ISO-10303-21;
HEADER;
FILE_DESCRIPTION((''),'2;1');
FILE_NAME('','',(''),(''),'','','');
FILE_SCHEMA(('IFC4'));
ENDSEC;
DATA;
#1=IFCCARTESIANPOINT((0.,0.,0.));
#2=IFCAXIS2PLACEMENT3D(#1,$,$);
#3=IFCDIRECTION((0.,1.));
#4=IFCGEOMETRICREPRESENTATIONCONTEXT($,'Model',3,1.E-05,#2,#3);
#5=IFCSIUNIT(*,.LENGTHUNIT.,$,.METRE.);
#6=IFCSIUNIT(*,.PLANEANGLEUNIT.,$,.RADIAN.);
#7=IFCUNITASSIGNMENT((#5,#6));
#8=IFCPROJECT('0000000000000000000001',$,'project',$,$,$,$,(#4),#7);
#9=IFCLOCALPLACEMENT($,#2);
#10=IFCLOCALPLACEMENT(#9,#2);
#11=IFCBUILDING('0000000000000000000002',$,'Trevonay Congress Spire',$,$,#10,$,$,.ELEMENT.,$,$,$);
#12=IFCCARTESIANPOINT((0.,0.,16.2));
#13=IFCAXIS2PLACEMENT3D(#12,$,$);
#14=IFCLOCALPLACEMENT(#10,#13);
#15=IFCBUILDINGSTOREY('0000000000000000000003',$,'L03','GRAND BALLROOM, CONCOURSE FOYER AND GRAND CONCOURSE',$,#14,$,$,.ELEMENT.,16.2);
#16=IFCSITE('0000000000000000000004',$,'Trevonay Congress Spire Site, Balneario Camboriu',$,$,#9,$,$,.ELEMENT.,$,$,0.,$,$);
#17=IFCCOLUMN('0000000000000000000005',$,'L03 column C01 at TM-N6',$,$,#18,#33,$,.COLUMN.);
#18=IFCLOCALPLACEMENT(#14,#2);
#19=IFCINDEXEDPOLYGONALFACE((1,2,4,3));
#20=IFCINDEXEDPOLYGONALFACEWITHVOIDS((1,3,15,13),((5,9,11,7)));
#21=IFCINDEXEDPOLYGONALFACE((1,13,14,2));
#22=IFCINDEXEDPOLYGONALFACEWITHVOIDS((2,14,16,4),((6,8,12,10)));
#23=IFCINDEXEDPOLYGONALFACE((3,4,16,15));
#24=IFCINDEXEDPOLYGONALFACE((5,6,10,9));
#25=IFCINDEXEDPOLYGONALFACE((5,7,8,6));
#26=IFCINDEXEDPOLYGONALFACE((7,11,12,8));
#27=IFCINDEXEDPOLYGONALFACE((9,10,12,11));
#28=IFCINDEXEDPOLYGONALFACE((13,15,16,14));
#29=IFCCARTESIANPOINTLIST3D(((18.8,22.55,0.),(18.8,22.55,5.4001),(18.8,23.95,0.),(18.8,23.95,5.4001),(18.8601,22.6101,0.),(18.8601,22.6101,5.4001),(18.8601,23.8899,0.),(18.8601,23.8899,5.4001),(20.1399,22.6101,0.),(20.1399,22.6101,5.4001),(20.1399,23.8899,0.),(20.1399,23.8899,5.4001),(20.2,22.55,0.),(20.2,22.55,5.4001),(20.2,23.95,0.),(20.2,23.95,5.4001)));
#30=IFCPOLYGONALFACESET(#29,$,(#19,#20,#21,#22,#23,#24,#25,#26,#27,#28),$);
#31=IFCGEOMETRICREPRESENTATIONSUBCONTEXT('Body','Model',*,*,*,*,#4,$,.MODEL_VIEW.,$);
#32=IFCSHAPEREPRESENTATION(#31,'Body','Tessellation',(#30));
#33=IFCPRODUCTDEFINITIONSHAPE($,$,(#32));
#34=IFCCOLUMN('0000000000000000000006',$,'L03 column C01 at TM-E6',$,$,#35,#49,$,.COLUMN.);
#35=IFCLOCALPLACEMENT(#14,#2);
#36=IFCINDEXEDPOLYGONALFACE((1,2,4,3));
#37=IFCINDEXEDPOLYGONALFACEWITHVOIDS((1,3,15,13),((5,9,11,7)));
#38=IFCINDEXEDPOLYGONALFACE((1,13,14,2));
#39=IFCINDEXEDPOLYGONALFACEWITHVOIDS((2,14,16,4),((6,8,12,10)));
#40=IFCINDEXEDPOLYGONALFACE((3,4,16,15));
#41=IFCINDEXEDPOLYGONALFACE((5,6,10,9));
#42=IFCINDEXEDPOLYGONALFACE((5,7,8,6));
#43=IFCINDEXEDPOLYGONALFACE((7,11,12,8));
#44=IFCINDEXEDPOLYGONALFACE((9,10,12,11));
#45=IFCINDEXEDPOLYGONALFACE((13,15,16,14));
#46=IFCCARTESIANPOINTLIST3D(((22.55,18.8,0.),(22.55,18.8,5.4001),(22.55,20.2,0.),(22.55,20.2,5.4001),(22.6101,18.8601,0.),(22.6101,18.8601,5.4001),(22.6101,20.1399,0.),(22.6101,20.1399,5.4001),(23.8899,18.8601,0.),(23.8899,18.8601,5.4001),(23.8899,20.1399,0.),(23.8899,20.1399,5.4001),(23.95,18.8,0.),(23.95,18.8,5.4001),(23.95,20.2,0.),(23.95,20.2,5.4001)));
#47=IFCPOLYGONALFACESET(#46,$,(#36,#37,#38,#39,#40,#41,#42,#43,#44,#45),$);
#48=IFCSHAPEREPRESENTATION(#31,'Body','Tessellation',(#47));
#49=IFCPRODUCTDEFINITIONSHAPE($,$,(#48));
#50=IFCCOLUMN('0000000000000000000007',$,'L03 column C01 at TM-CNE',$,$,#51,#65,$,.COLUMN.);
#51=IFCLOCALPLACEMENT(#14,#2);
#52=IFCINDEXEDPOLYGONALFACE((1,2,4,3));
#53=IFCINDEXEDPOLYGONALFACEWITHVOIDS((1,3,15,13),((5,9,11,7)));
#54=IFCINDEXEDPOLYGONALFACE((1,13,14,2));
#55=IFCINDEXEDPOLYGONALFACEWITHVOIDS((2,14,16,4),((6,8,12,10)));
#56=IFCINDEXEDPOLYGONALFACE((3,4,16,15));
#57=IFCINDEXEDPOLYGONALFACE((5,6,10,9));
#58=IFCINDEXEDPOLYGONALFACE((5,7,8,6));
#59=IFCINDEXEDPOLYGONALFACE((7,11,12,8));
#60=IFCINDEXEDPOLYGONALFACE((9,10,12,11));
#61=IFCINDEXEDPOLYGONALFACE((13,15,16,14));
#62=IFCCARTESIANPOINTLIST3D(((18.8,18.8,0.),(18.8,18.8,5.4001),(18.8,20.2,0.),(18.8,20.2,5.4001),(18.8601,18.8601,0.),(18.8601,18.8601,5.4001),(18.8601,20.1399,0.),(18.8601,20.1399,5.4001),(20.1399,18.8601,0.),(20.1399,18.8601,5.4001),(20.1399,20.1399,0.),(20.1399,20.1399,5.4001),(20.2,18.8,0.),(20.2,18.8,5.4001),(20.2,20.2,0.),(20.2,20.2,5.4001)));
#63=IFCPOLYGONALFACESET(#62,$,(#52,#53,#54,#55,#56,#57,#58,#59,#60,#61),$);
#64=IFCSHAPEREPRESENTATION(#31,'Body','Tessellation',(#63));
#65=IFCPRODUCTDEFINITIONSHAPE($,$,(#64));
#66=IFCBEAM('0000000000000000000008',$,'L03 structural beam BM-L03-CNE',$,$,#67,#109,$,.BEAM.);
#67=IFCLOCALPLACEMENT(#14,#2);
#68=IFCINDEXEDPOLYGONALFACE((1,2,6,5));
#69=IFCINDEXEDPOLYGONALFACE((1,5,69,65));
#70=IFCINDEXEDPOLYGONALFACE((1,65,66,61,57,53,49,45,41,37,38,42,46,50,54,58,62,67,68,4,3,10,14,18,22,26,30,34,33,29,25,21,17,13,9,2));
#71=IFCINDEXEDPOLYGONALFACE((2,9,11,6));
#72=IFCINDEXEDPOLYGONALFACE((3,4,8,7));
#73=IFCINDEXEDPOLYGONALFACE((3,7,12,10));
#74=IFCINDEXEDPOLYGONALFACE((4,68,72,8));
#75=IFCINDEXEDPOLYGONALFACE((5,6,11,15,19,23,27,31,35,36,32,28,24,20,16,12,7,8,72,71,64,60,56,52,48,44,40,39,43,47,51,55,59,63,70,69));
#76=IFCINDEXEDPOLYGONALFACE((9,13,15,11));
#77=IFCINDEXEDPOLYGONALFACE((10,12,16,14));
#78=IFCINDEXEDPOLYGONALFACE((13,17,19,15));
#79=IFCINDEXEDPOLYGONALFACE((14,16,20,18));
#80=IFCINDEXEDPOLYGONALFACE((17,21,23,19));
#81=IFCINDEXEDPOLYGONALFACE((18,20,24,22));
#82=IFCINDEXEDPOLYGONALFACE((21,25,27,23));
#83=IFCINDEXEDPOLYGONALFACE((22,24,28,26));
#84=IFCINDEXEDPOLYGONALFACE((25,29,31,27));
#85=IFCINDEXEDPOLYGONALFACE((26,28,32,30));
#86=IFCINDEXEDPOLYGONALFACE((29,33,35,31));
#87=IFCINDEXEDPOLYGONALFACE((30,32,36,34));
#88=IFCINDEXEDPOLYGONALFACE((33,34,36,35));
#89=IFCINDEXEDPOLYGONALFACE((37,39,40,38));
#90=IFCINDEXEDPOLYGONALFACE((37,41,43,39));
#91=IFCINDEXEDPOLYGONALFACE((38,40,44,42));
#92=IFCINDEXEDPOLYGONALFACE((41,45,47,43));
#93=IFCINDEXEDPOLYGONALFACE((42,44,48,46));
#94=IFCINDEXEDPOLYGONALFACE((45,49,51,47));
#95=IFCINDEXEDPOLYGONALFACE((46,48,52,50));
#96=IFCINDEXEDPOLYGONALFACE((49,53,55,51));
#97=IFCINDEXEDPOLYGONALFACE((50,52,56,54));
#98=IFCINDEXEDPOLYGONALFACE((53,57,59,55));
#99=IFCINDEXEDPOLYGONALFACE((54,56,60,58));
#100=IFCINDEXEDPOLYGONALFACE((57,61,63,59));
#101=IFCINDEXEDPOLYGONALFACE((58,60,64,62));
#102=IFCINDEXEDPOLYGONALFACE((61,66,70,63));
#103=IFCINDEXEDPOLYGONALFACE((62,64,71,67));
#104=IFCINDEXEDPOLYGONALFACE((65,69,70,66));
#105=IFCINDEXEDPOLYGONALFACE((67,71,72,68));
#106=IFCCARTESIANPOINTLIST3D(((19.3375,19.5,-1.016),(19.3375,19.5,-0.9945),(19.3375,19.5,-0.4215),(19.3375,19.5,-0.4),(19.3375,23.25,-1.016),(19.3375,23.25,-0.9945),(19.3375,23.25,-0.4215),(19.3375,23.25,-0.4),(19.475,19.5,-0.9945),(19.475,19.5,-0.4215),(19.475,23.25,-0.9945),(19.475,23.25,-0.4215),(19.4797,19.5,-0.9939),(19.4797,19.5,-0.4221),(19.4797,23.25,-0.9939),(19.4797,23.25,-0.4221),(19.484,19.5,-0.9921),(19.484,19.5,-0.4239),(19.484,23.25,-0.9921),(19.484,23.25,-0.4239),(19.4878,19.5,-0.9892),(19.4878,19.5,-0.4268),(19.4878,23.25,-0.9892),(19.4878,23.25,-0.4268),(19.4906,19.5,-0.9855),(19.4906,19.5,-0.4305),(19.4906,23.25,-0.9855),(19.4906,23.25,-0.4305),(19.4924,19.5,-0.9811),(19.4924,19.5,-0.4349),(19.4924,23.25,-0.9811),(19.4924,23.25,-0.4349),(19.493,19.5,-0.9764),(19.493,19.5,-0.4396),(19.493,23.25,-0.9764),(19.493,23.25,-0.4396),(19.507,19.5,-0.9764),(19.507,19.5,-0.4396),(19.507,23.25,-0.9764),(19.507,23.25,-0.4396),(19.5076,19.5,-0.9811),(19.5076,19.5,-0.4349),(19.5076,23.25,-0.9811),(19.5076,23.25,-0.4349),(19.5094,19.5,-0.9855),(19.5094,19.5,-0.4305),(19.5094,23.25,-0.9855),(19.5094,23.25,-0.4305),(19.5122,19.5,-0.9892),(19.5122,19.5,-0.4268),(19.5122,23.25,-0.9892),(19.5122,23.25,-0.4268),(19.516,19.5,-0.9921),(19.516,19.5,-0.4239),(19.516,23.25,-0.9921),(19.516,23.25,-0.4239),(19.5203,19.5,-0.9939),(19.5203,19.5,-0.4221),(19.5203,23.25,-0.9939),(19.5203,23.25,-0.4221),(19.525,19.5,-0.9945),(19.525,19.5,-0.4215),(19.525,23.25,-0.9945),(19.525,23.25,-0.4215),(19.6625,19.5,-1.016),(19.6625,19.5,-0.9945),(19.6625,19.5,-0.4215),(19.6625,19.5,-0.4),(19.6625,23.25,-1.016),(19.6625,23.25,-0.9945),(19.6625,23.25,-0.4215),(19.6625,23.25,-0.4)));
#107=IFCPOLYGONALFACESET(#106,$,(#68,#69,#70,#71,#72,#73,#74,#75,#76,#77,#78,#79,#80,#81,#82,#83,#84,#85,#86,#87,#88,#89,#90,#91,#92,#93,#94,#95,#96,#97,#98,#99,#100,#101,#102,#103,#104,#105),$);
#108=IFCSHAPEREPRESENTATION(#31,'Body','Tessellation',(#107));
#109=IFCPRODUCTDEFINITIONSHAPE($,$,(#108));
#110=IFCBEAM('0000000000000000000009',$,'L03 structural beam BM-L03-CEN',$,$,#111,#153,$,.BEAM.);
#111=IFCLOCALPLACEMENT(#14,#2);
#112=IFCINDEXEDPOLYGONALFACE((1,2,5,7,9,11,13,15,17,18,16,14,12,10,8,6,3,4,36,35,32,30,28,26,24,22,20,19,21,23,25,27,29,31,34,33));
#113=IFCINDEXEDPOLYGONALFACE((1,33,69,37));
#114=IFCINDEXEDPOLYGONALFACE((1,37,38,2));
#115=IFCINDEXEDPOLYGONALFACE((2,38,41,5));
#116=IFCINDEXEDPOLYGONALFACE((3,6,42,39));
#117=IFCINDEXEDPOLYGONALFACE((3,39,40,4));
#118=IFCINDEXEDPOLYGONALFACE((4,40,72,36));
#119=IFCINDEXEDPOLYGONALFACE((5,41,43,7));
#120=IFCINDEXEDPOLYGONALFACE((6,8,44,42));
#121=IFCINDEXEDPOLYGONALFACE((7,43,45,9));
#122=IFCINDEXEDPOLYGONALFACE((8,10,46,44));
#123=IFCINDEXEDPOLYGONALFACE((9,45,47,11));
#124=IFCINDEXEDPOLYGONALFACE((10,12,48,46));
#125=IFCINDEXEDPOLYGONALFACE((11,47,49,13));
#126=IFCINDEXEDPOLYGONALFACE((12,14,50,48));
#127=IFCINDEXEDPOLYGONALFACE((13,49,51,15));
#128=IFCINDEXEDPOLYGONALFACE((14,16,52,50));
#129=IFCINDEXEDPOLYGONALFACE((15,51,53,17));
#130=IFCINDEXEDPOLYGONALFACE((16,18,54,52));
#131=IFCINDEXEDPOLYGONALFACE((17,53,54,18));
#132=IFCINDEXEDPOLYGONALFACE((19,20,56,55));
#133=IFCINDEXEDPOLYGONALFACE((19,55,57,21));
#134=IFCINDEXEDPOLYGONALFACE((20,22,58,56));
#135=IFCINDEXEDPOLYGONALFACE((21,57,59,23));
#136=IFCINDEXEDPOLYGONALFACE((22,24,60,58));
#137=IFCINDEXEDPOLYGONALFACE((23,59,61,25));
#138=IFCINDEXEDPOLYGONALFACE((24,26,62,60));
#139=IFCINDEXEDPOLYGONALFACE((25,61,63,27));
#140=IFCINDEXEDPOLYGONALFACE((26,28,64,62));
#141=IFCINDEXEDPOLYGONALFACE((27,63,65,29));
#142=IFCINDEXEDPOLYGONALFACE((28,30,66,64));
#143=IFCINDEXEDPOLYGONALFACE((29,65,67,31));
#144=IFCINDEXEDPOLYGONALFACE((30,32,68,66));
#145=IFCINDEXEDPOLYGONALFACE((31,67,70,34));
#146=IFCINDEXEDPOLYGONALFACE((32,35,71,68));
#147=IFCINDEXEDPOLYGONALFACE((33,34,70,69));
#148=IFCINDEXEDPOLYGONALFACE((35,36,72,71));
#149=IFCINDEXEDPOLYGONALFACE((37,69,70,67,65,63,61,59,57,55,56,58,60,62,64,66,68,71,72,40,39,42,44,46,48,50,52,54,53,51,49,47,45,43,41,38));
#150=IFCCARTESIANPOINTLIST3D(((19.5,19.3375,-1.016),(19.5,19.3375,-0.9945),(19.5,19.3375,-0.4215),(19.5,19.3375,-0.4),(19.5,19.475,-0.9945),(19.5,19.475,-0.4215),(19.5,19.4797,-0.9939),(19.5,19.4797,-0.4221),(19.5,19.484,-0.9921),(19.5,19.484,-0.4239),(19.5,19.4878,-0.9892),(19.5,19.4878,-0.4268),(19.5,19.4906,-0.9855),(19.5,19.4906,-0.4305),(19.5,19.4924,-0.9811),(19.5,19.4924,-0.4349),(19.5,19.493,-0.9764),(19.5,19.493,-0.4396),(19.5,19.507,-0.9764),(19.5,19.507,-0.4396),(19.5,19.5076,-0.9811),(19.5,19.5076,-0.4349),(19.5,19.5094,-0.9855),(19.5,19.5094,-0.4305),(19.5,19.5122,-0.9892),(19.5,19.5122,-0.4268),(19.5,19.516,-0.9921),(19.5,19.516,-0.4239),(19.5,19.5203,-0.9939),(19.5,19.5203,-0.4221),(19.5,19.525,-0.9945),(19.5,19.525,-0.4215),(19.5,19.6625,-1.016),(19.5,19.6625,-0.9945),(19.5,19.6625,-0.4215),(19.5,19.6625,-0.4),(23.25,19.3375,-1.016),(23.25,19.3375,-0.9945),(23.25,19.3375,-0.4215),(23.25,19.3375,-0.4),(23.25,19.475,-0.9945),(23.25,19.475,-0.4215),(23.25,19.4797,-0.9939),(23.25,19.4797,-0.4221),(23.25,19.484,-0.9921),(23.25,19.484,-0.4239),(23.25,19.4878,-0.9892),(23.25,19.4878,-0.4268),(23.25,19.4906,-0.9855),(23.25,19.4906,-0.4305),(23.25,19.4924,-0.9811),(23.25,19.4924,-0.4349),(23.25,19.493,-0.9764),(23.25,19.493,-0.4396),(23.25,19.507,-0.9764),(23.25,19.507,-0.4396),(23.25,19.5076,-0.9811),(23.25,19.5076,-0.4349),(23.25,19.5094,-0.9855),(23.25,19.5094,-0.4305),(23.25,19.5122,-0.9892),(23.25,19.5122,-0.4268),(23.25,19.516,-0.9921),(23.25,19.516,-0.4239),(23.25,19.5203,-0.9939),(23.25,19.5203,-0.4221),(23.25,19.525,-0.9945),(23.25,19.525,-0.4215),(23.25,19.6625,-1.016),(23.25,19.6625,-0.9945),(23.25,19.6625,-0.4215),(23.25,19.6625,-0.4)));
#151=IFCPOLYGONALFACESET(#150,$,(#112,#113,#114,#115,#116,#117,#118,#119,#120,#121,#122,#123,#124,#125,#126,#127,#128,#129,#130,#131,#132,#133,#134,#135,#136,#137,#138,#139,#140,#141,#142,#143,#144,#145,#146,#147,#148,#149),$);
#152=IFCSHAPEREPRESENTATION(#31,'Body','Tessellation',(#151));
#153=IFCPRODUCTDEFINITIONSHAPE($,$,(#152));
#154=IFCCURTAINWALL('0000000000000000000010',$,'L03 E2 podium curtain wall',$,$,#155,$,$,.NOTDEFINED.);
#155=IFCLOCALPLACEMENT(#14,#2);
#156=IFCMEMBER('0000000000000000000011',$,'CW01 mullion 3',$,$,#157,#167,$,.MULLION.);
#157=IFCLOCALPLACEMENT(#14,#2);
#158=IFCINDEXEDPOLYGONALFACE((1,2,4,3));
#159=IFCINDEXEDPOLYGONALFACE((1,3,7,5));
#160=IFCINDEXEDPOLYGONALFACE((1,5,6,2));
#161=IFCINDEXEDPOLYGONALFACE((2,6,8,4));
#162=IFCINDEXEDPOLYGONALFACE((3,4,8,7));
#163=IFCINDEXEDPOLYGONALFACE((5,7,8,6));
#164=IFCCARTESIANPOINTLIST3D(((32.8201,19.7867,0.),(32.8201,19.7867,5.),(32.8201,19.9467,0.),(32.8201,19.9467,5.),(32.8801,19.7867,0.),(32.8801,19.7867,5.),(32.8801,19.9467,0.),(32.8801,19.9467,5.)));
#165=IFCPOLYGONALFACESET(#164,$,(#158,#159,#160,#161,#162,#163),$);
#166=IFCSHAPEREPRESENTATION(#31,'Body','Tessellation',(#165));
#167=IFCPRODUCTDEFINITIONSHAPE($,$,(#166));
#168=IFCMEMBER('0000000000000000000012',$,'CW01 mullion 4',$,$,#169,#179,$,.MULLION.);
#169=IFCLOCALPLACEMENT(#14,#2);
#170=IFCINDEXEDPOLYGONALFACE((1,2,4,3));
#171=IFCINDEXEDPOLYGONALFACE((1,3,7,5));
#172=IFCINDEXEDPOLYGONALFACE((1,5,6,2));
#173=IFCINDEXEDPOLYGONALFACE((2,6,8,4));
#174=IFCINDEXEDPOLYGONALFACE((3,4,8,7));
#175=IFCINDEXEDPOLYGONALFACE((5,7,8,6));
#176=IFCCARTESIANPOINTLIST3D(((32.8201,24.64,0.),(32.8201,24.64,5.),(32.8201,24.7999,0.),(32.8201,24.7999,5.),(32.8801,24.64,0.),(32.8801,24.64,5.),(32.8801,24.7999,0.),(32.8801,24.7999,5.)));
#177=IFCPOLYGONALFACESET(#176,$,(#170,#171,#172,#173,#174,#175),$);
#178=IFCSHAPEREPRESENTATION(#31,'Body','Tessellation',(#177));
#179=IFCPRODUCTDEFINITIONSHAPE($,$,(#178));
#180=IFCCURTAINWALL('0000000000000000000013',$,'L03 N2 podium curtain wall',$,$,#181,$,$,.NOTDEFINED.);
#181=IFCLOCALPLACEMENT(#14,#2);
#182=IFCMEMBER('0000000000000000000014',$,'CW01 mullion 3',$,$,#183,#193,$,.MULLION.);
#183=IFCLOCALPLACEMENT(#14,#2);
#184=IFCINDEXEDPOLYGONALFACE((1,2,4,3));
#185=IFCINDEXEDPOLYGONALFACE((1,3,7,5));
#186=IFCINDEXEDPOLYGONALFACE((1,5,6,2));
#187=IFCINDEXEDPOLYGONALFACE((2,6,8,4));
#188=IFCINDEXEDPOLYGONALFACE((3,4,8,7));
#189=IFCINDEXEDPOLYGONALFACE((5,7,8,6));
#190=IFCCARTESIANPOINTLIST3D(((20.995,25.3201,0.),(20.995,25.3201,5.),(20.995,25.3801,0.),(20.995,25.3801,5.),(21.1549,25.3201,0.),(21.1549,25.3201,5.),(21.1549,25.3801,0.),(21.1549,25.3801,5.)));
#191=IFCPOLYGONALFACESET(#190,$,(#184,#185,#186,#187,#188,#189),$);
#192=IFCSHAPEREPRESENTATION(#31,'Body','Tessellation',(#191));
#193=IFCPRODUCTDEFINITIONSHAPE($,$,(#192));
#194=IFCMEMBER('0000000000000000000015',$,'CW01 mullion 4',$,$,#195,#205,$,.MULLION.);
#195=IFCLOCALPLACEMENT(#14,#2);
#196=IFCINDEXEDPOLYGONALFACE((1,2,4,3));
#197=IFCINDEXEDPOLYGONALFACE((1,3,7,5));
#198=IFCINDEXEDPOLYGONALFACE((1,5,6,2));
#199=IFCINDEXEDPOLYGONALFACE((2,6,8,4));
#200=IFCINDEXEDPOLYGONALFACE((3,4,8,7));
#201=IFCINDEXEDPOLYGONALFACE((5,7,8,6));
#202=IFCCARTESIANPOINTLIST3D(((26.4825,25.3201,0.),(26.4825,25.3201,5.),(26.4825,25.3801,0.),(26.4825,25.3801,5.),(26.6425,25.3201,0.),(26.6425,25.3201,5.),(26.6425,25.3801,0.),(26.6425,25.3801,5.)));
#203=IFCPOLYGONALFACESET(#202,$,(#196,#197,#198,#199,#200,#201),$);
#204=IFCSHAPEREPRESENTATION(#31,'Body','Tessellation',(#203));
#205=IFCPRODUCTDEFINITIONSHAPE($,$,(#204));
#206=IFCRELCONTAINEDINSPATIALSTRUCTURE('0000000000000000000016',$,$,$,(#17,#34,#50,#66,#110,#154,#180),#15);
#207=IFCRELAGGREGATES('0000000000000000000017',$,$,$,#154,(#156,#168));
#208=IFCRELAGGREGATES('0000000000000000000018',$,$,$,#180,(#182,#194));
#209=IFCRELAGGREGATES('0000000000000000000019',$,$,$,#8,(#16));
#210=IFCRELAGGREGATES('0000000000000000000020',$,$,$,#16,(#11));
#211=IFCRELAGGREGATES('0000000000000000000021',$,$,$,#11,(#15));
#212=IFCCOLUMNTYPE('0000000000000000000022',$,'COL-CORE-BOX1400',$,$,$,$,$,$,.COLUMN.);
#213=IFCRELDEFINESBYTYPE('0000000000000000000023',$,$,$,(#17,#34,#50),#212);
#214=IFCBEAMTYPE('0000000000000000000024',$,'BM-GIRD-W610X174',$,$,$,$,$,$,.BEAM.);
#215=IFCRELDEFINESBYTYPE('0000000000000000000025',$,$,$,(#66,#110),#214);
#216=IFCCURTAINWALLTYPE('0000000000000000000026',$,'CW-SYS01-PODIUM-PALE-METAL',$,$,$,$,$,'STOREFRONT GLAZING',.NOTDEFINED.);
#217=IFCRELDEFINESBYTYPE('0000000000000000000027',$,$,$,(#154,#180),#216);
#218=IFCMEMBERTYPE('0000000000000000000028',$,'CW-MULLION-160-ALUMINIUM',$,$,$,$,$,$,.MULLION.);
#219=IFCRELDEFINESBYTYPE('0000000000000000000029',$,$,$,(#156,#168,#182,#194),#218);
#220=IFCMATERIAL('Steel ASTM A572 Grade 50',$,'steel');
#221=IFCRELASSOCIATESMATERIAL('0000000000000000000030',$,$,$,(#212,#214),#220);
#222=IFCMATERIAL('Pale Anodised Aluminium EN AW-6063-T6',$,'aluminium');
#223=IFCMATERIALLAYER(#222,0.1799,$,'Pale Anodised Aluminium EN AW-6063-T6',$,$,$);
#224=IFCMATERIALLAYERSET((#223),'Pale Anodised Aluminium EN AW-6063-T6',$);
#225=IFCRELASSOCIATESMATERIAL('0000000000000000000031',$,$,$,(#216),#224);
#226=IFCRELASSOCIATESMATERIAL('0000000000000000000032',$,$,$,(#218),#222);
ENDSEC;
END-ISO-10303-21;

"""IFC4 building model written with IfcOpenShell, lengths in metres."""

from ifc_helpers import new_model, si_unit, direction, frame, origin, origin_2d, place, context, subcontext, project, spatial, rectangle, hollow_rectangle, i_section, extrude, material, layer, layer_set, material_profile, profile_set, type_object, element, aggregate, save


model = new_model("IFC4")

# Units and contexts
model_context = context("Model", 3, precision=1e-05, world=origin(), true_north=direction((0.0, 1.0)))
body_context = subcontext(model_context, "Body", "Model", "MODEL_VIEW")
ifc_project = project(units=[si_unit("LENGTHUNIT", "METRE"), si_unit("PLANEANGLEUNIT", "RADIAN")], contexts=[model_context])

# Site, building, storey
site_placement = place(None, origin())
site = spatial("IfcSite", under=ifc_project, at=site_placement, Name="Trevonay Congress Spire Site, Balneario Camboriu", CompositionType="ELEMENT", RefElevation=0.0)
building_placement = place(site_placement, origin())
building = spatial("IfcBuilding", under=site, at=building_placement, Name="Trevonay Congress Spire", CompositionType="ELEMENT")
storey_placement = place(building_placement, frame((0.0, 0.0, 16.2)))
storey = spatial("IfcBuildingStorey", under=building, at=storey_placement, Name="L03", Description="GRAND BALLROOM, CONCOURSE FOYER AND GRAND CONCOURSE", CompositionType="ELEMENT", Elevation=16.2)

# Columns
ifc_material_1 = material(Name="Steel ASTM A572 Grade 50", Category="steel")
ifc_material_profile_1 = material_profile(ifc_material_1, hollow_rectangle(XDim=1.3999, YDim=1.3999, WallThickness=0.0601, at=origin_2d()), Name="BOX 1400x1400x60")
ifc_profile_set_1 = profile_set([ifc_material_profile_1], Name="Steel ASTM A572 Grade 50")
column_type = type_object("IfcColumnType", Name="COL-CORE-BOX1400", PredefinedType="COLUMN", material=ifc_profile_set_1)
for number, where, z_axis, x_axis, name in (
    (1, (19.5, 23.25, 0.0), (0.0, 0.0, 1.0), (1.0, 0.0, 0.0), "L03 column C01 at TM-N6"),
    (2, (23.25, 19.5, 0.0), (0.0, 0.0, 1.0), (1.0, 0.0, 0.0), "L03 column C01 at TM-E6"),
    (3, (19.5, 19.5, 0.0), (0.0, 0.0, 1.0), (1.0, 0.0, 0.0), "L03 column C01 at TM-CNE"),
):
    element("IfcColumn", number, at=place(storey_placement, frame(where, z_axis=z_axis, x_axis=x_axis)), inside=storey, type_object=column_type, Name=name, PredefinedType="COLUMN", context=body_context, shape_type="SweptSolid", body=[
        extrude(hollow_rectangle(XDim=1.3999, YDim=1.3999, WallThickness=0.0601, at=origin_2d()), origin(), (0.0, 0.0, 1.0), 5.4001),
    ])

# Beams
ifc_material_profile_2 = material_profile(ifc_material_1, i_section(OverallWidth=0.325, OverallDepth=0.616, WebThickness=0.0139, FlangeThickness=0.0215, FilletRadius=0.0181, at=origin_2d()), Name="W610x174")
ifc_profile_set_2 = profile_set([ifc_material_profile_2], Name="Steel ASTM A572 Grade 50")
beam_type = type_object("IfcBeamType", Name="BM-GIRD-W610X174", PredefinedType="BEAM", material=ifc_profile_set_2)
for number, where, z_axis, x_axis, name in (
    (4, (19.5, 23.25, -0.708), (0.0, -1.0, 0.0), (1.0, 0.0, 0.0), "L03 structural beam BM-L03-CNE"),
    (5, (23.25, 19.5, -0.708), (-1.0, 0.0, 0.0), (0.0, -1.0, 0.0), "L03 structural beam BM-L03-CEN"),
):
    element("IfcBeam", number, at=place(storey_placement, frame(where, z_axis=z_axis, x_axis=x_axis)), inside=storey, type_object=beam_type, Name=name, PredefinedType="BEAM", context=body_context, shape_type="SweptSolid", body=[
        extrude(i_section(OverallWidth=0.325, OverallDepth=0.616, WebThickness=0.0139, FlangeThickness=0.0215, FilletRadius=0.0181, at=origin_2d()), origin(), (0.0, 0.0, 1.0), 3.75),
    ])

# Curtain walls, members
ifc_material_2 = material(Name="Pale Anodised Aluminium EN AW-6063-T6", Category="aluminium")
ifc_layer_1 = layer(ifc_material_2, 0.1799, Name="Pale Anodised Aluminium EN AW-6063-T6")
ifc_layer_set_1 = layer_set([ifc_layer_1], Name="Pale Anodised Aluminium EN AW-6063-T6")
curtain_wall_type = type_object("IfcCurtainWallType", Name="CW-SYS01-PODIUM-PALE-METAL", ElementType="STOREFRONT GLAZING", PredefinedType="NOTDEFINED", material=ifc_layer_set_1)
curtain_wall_1_placement = place(storey_placement, origin())
curtain_wall_1 = element("IfcCurtainWall", 6, at=curtain_wall_1_placement, inside=storey, type_object=curtain_wall_type, Name="L03 E2 podium curtain wall", PredefinedType="NOTDEFINED")
ifc_material_profile_3 = material_profile(ifc_material_2, rectangle(XDim=0.0601, YDim=0.1599, at=origin_2d()), Name="CW-MULLION-160-ALUMINIUM")
ifc_profile_set_3 = profile_set([ifc_material_profile_3], Name="Pale Anodised Aluminium EN AW-6063-T6")
member_type_1 = type_object("IfcMemberType", Name="CW-MULLION-160-ALUMINIUM", PredefinedType="MULLION", material=ifc_profile_set_3)
member_1_placement = place(storey_placement, frame((32.8501, 19.8667, 0.0), z_axis=(0.0, 0.0, 1.0), x_axis=(-1.0, 0.0, 0.0)))
member_1 = element("IfcMember", 7, at=member_1_placement, type_object=member_type_1, Name="CW01 mullion 3", PredefinedType="MULLION", context=body_context, shape_type="SweptSolid", body=[
    extrude(rectangle(XDim=0.0601, YDim=0.1599, at=origin_2d()), origin(), (0.0, 0.0, 1.0), 5.0),
])
member_2_placement = place(storey_placement, frame((32.8501, 24.72, 0.0), z_axis=(0.0, 0.0, 1.0), x_axis=(-1.0, 0.0, 0.0)))
member_2 = element("IfcMember", 8, at=member_2_placement, type_object=member_type_1, Name="CW01 mullion 4", PredefinedType="MULLION", context=body_context, shape_type="SweptSolid", body=[
    extrude(rectangle(XDim=0.0601, YDim=0.1599, at=origin_2d()), origin(), (0.0, 0.0, 1.0), 5.0),
])
curtain_wall_2_placement = place(storey_placement, origin())
curtain_wall_2 = element("IfcCurtainWall", 9, at=curtain_wall_2_placement, inside=storey, type_object=curtain_wall_type, Name="L03 N2 podium curtain wall", PredefinedType="NOTDEFINED")
member_3_placement = place(storey_placement, frame((21.075, 25.3501, 0.0), z_axis=(0.0, 0.0, 1.0), x_axis=(0.0, 1.0, 0.0)))
member_3 = element("IfcMember", 10, at=member_3_placement, type_object=member_type_1, Name="CW01 mullion 3", PredefinedType="MULLION", context=body_context, shape_type="SweptSolid", body=[
    extrude(rectangle(XDim=0.0601, YDim=0.1599, at=origin_2d()), origin(), (0.0, 0.0, 1.0), 5.0),
])
member_4_placement = place(storey_placement, frame((26.5625, 25.3501, 0.0), z_axis=(0.0, 0.0, 1.0), x_axis=(0.0, 1.0, 0.0)))
member_4 = element("IfcMember", 11, at=member_4_placement, type_object=member_type_1, Name="CW01 mullion 4", PredefinedType="MULLION", context=body_context, shape_type="SweptSolid", body=[
    extrude(rectangle(XDim=0.0601, YDim=0.1599, at=origin_2d()), origin(), (0.0, 0.0, 1.0), 5.0),
])

aggregate(curtain_wall_1, [member_1, member_2])
aggregate(curtain_wall_2, [member_3, member_4])

save(model, "model.ifc")
